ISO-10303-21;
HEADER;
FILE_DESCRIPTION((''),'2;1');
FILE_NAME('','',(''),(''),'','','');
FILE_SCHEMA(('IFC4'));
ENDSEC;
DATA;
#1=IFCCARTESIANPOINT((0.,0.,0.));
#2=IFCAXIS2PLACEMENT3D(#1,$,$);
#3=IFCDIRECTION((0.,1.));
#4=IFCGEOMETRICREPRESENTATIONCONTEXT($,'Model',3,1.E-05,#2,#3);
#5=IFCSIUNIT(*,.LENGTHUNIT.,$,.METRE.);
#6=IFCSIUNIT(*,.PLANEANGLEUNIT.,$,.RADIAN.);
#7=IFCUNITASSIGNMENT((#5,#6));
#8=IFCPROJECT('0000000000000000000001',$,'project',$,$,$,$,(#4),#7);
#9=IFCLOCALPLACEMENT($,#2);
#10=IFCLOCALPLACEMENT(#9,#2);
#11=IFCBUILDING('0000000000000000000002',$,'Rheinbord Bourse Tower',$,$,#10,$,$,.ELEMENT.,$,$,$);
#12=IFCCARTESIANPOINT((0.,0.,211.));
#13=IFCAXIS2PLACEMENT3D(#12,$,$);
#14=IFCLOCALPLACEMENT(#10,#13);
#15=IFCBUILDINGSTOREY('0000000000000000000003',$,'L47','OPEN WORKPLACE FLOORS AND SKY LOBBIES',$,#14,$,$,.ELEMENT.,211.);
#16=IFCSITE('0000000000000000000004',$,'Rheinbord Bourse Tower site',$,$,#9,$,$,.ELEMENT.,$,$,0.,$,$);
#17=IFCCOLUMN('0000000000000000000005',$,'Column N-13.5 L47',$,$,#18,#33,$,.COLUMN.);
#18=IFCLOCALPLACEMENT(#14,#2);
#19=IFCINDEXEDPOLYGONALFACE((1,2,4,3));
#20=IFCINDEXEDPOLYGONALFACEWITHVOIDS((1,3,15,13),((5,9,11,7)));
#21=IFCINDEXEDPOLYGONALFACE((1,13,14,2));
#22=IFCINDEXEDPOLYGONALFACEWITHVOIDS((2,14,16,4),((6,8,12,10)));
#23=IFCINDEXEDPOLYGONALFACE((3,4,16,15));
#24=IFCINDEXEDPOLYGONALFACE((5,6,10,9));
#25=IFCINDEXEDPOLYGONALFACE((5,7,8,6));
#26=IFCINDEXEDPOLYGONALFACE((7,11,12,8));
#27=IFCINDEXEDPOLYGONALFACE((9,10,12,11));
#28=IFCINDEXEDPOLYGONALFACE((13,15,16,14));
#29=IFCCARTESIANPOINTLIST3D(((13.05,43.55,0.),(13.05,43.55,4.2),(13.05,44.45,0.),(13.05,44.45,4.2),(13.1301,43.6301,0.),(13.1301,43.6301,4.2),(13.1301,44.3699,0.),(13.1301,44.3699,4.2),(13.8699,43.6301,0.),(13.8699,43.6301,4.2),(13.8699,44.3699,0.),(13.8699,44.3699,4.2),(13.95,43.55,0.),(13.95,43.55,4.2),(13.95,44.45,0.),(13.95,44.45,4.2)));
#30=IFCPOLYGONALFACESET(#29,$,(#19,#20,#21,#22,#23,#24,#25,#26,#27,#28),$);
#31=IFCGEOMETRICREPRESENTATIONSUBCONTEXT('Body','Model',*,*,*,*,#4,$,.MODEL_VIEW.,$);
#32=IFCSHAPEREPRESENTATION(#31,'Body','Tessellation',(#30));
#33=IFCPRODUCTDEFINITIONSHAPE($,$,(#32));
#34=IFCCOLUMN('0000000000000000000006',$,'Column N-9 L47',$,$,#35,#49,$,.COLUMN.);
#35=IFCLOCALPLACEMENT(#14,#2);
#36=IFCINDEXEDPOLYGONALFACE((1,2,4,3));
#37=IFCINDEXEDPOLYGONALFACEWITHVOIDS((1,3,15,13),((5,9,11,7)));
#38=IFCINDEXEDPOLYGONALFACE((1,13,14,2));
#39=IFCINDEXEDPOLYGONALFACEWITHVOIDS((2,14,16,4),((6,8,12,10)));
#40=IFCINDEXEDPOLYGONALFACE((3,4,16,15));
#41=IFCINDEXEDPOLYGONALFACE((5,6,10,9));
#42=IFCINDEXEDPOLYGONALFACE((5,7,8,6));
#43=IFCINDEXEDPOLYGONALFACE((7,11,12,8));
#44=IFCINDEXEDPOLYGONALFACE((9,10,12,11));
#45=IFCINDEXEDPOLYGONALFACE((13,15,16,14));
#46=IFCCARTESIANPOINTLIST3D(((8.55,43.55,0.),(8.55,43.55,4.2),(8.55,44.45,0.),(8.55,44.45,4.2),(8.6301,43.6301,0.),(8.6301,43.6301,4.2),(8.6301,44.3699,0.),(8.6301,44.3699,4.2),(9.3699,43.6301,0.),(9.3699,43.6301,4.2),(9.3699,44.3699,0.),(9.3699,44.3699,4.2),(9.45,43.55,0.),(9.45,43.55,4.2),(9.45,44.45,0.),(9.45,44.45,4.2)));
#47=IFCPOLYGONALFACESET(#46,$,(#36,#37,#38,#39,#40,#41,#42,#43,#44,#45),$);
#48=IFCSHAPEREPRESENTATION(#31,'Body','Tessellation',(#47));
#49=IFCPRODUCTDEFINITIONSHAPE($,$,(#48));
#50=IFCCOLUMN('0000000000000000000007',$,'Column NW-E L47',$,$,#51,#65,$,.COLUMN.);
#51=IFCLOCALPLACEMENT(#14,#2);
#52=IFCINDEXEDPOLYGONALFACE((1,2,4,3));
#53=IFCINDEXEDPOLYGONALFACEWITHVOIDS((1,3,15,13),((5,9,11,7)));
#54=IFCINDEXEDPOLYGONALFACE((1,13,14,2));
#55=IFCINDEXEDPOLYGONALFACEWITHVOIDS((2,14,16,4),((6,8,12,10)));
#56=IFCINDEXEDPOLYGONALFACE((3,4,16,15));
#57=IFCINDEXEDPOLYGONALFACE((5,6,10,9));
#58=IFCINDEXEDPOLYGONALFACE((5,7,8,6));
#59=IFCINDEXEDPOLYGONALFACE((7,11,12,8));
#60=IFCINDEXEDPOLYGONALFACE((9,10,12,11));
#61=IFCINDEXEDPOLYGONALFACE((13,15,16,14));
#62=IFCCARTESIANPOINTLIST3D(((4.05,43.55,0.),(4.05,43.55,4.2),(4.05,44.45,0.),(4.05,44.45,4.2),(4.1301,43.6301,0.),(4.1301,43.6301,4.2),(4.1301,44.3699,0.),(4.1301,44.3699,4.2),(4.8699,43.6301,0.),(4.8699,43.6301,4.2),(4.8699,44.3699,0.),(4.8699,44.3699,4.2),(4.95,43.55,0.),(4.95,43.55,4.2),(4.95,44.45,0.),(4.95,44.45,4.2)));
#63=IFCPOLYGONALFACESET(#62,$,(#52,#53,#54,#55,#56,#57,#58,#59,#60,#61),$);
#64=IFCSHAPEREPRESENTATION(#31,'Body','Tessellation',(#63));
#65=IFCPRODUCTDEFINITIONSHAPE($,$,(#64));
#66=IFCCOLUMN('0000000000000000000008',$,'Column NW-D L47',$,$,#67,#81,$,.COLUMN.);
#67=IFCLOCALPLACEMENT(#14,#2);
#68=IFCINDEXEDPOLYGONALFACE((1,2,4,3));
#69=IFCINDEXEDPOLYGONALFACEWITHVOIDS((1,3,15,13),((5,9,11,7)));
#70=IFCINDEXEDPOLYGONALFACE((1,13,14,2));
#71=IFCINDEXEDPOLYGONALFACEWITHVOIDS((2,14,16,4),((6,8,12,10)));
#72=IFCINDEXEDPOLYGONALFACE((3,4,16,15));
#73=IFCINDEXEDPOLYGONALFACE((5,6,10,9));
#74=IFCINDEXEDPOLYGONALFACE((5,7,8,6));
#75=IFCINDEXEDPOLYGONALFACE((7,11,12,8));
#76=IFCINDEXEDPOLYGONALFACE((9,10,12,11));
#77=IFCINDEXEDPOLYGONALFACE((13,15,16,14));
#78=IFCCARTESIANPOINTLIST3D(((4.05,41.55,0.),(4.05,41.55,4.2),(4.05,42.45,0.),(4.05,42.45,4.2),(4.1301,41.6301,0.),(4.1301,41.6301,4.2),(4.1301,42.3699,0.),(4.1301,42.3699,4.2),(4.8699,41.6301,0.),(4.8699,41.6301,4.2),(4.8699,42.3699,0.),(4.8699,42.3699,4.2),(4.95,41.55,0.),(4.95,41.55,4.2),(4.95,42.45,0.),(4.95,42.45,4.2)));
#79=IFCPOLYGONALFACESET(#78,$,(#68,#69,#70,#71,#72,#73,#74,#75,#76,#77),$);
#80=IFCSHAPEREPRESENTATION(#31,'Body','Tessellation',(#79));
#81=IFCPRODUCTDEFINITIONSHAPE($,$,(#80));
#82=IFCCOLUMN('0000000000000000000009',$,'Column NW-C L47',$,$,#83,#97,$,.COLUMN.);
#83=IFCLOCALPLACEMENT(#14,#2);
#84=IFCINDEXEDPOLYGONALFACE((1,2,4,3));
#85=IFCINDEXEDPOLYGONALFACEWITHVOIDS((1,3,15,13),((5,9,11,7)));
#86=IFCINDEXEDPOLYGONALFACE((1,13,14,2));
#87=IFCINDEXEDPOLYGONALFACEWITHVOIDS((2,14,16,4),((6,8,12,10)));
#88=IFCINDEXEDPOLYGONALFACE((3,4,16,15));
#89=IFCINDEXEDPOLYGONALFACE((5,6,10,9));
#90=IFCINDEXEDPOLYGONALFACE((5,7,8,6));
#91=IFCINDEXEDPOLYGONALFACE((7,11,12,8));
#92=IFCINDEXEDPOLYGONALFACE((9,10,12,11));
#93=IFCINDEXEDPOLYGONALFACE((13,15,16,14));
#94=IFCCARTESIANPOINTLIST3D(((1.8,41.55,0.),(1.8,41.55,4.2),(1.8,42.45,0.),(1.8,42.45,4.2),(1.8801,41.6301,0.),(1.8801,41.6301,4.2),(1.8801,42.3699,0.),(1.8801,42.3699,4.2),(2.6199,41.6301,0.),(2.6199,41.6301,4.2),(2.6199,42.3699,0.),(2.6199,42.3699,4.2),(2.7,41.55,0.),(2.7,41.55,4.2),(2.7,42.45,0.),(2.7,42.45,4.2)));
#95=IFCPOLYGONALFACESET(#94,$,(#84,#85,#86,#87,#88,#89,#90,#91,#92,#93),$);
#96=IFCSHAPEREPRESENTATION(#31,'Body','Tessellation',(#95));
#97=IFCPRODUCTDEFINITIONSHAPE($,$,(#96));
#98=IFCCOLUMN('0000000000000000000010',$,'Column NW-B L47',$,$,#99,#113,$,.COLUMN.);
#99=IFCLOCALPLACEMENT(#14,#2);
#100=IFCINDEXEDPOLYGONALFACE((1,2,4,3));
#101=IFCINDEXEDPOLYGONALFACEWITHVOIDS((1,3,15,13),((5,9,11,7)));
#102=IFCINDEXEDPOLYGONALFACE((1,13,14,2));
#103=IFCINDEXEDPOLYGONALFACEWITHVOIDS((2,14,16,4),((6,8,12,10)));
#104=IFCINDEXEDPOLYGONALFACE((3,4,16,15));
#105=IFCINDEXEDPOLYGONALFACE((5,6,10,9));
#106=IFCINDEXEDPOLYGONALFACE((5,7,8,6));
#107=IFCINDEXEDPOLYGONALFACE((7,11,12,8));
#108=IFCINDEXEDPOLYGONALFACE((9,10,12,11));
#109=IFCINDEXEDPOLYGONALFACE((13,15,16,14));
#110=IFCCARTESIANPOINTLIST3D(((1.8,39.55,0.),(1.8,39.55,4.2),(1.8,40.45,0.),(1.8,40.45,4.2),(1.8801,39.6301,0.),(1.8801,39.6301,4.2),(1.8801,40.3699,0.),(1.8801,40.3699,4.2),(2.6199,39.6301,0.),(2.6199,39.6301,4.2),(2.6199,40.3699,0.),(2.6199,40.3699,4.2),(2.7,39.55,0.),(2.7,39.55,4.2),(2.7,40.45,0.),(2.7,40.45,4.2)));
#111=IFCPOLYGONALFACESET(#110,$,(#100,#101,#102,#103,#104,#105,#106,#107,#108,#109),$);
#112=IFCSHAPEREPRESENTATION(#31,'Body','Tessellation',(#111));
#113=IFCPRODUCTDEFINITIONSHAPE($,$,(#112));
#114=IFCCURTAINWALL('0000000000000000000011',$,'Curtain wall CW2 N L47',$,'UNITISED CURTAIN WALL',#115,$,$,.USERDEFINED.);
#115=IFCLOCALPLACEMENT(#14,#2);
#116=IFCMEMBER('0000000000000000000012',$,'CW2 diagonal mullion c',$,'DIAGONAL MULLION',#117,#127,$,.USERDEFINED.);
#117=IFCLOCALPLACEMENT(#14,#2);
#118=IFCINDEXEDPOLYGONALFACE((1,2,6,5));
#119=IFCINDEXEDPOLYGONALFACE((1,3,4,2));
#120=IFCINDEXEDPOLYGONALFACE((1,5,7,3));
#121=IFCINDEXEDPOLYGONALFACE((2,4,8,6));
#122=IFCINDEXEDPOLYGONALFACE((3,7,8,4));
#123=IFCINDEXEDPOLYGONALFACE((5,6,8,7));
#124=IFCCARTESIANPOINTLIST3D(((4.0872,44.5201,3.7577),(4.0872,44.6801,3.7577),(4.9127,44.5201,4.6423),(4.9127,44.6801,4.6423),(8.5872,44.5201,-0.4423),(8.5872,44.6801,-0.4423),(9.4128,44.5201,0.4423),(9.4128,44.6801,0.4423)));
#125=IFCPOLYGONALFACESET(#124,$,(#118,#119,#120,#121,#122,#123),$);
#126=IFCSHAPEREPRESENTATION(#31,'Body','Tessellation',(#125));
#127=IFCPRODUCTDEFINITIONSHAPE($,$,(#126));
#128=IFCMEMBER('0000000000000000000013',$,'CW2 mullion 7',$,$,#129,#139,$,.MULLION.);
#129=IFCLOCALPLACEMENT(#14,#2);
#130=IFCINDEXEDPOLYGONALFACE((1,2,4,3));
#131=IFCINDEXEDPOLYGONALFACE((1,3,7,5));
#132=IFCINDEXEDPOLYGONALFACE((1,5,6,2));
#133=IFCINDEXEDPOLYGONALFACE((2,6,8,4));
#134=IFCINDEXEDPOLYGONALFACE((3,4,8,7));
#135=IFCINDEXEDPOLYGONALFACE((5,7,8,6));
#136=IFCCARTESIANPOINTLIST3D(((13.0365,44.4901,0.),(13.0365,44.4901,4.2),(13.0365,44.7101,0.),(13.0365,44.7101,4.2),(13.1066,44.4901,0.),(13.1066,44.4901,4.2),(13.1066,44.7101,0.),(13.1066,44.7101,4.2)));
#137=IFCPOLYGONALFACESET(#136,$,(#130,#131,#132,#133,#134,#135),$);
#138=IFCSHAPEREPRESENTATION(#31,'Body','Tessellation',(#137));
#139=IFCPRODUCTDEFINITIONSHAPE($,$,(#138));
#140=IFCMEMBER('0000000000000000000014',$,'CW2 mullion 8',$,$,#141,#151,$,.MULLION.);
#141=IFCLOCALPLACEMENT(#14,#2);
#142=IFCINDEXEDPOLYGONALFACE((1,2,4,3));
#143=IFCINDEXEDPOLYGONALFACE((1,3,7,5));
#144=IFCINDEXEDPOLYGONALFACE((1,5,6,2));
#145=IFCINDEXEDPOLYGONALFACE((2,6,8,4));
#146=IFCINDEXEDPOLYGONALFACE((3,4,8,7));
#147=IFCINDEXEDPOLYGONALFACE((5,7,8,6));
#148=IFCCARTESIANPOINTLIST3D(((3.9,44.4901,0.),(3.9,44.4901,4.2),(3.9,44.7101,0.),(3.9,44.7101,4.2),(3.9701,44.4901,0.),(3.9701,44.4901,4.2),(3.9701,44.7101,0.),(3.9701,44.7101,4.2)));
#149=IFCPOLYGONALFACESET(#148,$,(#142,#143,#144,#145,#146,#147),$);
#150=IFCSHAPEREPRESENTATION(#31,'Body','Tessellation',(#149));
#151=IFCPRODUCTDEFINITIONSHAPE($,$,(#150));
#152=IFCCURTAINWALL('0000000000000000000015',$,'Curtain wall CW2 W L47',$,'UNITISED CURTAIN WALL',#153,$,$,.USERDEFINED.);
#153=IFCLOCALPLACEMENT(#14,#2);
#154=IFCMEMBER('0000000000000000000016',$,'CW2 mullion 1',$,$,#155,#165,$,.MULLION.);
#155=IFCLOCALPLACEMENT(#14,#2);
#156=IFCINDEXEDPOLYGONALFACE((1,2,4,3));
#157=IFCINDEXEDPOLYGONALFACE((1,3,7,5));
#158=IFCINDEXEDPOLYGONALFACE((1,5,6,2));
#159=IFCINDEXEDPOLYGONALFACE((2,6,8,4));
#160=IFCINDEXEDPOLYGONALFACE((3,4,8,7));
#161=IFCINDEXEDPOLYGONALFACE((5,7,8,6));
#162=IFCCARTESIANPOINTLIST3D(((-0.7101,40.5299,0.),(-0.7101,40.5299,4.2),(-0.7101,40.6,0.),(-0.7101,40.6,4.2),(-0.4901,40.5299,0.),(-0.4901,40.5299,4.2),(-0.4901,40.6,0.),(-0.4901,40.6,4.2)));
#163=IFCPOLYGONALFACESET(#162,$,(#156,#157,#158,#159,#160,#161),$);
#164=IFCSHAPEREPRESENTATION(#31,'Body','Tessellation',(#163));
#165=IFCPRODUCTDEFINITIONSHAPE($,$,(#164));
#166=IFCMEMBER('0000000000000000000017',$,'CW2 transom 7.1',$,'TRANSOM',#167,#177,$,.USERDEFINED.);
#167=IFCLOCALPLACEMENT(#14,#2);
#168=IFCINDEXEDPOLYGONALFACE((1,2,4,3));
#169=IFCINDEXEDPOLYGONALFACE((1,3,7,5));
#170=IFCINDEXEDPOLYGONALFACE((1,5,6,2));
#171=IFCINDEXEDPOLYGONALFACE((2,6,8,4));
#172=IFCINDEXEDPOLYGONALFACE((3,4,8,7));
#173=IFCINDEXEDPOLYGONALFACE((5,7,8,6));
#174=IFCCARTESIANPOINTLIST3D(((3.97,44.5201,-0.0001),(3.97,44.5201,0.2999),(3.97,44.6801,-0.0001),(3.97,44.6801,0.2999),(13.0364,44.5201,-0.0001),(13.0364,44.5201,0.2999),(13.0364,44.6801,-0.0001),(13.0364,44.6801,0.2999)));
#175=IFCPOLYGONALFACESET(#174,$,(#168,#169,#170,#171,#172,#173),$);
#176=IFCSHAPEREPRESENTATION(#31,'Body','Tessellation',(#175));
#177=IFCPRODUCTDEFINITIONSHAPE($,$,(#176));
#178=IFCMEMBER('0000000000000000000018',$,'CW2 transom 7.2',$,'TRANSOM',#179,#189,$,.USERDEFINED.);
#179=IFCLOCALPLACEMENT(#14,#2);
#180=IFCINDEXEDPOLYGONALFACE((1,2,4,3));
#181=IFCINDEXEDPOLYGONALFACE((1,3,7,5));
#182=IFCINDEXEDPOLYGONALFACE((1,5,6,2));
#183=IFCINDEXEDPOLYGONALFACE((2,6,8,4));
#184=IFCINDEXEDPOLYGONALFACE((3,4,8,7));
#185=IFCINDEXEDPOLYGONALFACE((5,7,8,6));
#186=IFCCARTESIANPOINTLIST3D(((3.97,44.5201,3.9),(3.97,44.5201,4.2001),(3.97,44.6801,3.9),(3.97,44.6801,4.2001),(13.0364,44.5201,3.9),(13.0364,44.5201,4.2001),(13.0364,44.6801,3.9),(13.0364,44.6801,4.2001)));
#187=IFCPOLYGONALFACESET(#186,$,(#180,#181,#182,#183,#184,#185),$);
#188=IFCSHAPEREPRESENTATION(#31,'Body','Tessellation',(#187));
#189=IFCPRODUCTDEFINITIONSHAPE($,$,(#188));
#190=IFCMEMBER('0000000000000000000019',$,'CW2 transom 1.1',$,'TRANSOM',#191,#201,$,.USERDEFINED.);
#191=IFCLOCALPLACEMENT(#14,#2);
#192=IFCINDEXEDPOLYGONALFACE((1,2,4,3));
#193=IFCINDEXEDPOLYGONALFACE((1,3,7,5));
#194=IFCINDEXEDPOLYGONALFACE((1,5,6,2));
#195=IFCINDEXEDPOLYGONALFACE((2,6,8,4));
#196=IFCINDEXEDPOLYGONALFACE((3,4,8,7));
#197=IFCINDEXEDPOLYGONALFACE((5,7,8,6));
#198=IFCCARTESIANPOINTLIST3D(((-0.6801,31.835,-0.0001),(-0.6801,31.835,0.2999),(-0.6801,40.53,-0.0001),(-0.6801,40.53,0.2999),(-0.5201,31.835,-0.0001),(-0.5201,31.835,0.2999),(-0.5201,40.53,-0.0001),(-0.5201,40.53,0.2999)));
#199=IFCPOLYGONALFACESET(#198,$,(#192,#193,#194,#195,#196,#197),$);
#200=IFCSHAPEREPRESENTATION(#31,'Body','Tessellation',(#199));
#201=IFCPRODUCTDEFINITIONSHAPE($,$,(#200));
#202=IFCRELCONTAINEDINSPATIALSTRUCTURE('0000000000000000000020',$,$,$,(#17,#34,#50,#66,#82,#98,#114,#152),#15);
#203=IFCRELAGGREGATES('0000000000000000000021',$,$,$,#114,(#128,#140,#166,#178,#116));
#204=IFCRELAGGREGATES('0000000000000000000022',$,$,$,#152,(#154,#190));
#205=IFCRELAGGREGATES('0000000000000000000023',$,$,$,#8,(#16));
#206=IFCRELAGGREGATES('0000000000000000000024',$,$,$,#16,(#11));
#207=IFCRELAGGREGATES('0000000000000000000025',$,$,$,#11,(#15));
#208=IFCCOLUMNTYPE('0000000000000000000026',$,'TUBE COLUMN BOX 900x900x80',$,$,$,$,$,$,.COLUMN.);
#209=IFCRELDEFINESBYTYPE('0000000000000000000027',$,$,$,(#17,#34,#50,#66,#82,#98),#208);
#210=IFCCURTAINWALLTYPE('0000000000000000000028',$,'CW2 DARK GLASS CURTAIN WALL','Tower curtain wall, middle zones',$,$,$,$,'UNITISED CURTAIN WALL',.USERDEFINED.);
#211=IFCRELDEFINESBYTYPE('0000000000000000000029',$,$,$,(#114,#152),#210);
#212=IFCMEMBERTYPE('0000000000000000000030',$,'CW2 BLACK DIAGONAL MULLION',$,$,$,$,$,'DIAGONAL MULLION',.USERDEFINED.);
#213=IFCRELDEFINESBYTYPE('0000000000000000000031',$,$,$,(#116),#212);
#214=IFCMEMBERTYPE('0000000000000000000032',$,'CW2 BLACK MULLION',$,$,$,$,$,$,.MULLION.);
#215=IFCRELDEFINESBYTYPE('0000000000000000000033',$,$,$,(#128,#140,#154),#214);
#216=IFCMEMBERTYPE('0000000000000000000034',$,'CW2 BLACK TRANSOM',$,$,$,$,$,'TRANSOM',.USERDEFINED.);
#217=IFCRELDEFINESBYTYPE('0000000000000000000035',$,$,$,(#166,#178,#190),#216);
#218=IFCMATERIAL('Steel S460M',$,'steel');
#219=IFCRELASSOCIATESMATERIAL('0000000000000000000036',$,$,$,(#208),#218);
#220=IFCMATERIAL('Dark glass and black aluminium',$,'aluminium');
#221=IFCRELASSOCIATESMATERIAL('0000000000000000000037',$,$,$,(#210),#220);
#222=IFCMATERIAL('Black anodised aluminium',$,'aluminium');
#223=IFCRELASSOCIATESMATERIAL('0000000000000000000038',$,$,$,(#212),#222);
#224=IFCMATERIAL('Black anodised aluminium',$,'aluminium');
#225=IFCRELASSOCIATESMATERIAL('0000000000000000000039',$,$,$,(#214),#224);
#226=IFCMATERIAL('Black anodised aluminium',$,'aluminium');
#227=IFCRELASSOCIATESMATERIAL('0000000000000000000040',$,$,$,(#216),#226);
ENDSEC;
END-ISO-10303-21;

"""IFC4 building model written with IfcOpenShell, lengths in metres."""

from ifc_helpers import new_model, si_unit, direction, frame, origin, origin_2d, place, context, subcontext, project, spatial, rectangle, hollow_rectangle, extrude, material, material_profile, profile_set, type_object, element, aggregate, save


model = new_model("IFC4")

# Units and contexts
model_context = context("Model", 3, precision=1e-05, world=origin(), true_north=direction((0.0, 1.0)))
body_context = subcontext(model_context, "Body", "Model", "MODEL_VIEW")
ifc_project = project(units=[si_unit("LENGTHUNIT", "METRE"), si_unit("PLANEANGLEUNIT", "RADIAN")], contexts=[model_context])

# Site, building, storey
site_placement = place(None, origin())
site = spatial("IfcSite", under=ifc_project, at=site_placement, Name="Rheinbord Bourse Tower site", CompositionType="ELEMENT", RefElevation=0.0)
building_placement = place(site_placement, origin())
building = spatial("IfcBuilding", under=site, at=building_placement, Name="Rheinbord Bourse Tower", CompositionType="ELEMENT")
storey_placement = place(building_placement, frame((0.0, 0.0, 211.0)))
storey = spatial("IfcBuildingStorey", under=building, at=storey_placement, Name="L47", Description="OPEN WORKPLACE FLOORS AND SKY LOBBIES", CompositionType="ELEMENT", Elevation=211.0)

# Columns
ifc_material_1 = material(Name="Steel S460M", Category="steel")
ifc_material_profile_1 = material_profile(ifc_material_1, hollow_rectangle(XDim=0.8999, YDim=0.8999, WallThickness=0.0801, at=origin_2d()), Name="BOX 900x900x80")
ifc_profile_set_1 = profile_set([ifc_material_profile_1], Name="Steel S460M")
column_type = type_object("IfcColumnType", Name="TUBE COLUMN BOX 900x900x80", PredefinedType="COLUMN", material=ifc_profile_set_1)
for number, where, z_axis, x_axis, name in (
    (1, (13.5, 44.0, 0.0), (0.0, 0.0, 1.0), (0.0, 1.0, 0.0), "Column N-13.5 L47"),
    (2, (9.0, 44.0, 0.0), (0.0, 0.0, 1.0), (0.0, 1.0, 0.0), "Column N-9 L47"),
    (3, (4.5, 44.0, 0.0), (0.0, 0.0, 1.0), (0.0, 1.0, 0.0), "Column NW-E L47"),
    (4, (4.5, 42.0, 0.0), (0.0, 0.0, 1.0), (0.0, 1.0, 0.0), "Column NW-D L47"),
    (5, (2.25, 42.0, 0.0), (0.0, 0.0, 1.0), (1.0, 0.0, 0.0), "Column NW-C L47"),
    (6, (2.25, 40.0, 0.0), (0.0, 0.0, 1.0), (1.0, 0.0, 0.0), "Column NW-B L47"),
):
    element("IfcColumn", number, at=place(storey_placement, frame(where, z_axis=z_axis, x_axis=x_axis)), inside=storey, type_object=column_type, Name=name, PredefinedType="COLUMN", context=body_context, shape_type="SweptSolid", body=[
        extrude(hollow_rectangle(XDim=0.8999, YDim=0.8999, WallThickness=0.0801, at=origin_2d()), origin(), (0.0, 0.0, 1.0), 4.2),
    ])

# Curtain wall, members
ifc_material_2 = material(Name="Dark glass and black aluminium", Category="aluminium")
curtain_wall_type = type_object("IfcCurtainWallType", Name="CW2 DARK GLASS CURTAIN WALL", Description="Tower curtain wall, middle zones", ElementType="UNITISED CURTAIN WALL", PredefinedType="USERDEFINED", material=ifc_material_2)
curtain_wall_1_placement = place(storey_placement, origin())
curtain_wall_1 = element("IfcCurtainWall", 7, at=curtain_wall_1_placement, inside=storey, type_object=curtain_wall_type, Name="Curtain wall CW2 N L47", ObjectType="UNITISED CURTAIN WALL", PredefinedType="USERDEFINED")
ifc_material_3 = material(Name="Black anodised aluminium", Category="aluminium")
ifc_material_profile_2 = material_profile(ifc_material_3, rectangle(XDim=0.1599, YDim=1.21, at=origin_2d()), Name="CW2 DIAGONAL MULLION 1210x160")
ifc_profile_set_2 = profile_set([ifc_material_profile_2], Name="Black anodised aluminium")
member_type_1 = type_object("IfcMemberType", Name="CW2 BLACK DIAGONAL MULLION", ElementType="DIAGONAL MULLION", PredefinedType="USERDEFINED", material=ifc_profile_set_2)
member_1_placement = place(storey_placement, frame((9.0, 44.6001, 0.0), z_axis=(-0.731059, 0.0, 0.682314), x_axis=(0.0, -1.0, 0.0)))
member_1 = element("IfcMember", 8, at=member_1_placement, type_object=member_type_1, Name="CW2 diagonal mullion c", ObjectType="DIAGONAL MULLION", PredefinedType="USERDEFINED", context=body_context, shape_type="SweptSolid", body=[
    extrude(rectangle(XDim=0.1599, YDim=1.21, at=origin_2d()), origin(), (0.0, 0.0, 1.0), 6.1555),
])
ifc_material_4 = material(Name="Black anodised aluminium", Category="aluminium")
ifc_material_profile_3 = material_profile(ifc_material_4, rectangle(XDim=0.22, YDim=0.0701, at=origin_2d()), Name="CW2 MULLION 70x220")
ifc_profile_set_3 = profile_set([ifc_material_profile_3], Name="Black anodised aluminium")
member_type_2 = type_object("IfcMemberType", Name="CW2 BLACK MULLION", PredefinedType="MULLION", material=ifc_profile_set_3)
member_2_placement = place(storey_placement, frame((13.0715, 44.6001, 0.0), z_axis=(0.0, 0.0, 1.0), x_axis=(0.0, -1.0, 0.0)))
member_2 = element("IfcMember", 9, at=member_2_placement, type_object=member_type_2, Name="CW2 mullion 7", PredefinedType="MULLION", context=body_context, shape_type="SweptSolid", body=[
    extrude(rectangle(XDim=0.22, YDim=0.0701, at=origin_2d()), origin(), (0.0, 0.0, 1.0), 4.2),
])
member_3_placement = place(storey_placement, frame((3.9351, 44.6001, 0.0), z_axis=(0.0, 0.0, 1.0), x_axis=(0.0, -1.0, 0.0)))
member_3 = element("IfcMember", 10, at=member_3_placement, type_object=member_type_2, Name="CW2 mullion 8", PredefinedType="MULLION", context=body_context, shape_type="SweptSolid", body=[
    extrude(rectangle(XDim=0.22, YDim=0.0701, at=origin_2d()), origin(), (0.0, 0.0, 1.0), 4.2),
])

# Curtain wall, member
curtain_wall_2_placement = place(storey_placement, origin())
curtain_wall_2 = element("IfcCurtainWall", 11, at=curtain_wall_2_placement, inside=storey, type_object=curtain_wall_type, Name="Curtain wall CW2 W L47", ObjectType="UNITISED CURTAIN WALL", PredefinedType="USERDEFINED")
member_4_placement = place(storey_placement, frame((-0.6001, 40.5649, 0.0), z_axis=(0.0, 0.0, 1.0), x_axis=(1.0, 0.0, 0.0)))
member_4 = element("IfcMember", 12, at=member_4_placement, type_object=member_type_2, Name="CW2 mullion 1", PredefinedType="MULLION", context=body_context, shape_type="SweptSolid", body=[
    extrude(rectangle(XDim=0.22, YDim=0.0701, at=origin_2d()), origin(), (0.0, 0.0, 1.0), 4.2),
])

# Members
ifc_material_5 = material(Name="Black anodised aluminium", Category="aluminium")
ifc_material_profile_4 = material_profile(ifc_material_5, rectangle(XDim=0.1599, YDim=0.3, at=origin_2d()), Name="CW2 TRANSOM 300x160")
ifc_profile_set_4 = profile_set([ifc_material_profile_4], Name="Black anodised aluminium")
member_type_3 = type_object("IfcMemberType", Name="CW2 BLACK TRANSOM", ElementType="TRANSOM", PredefinedType="USERDEFINED", material=ifc_profile_set_4)
member_5_placement = place(storey_placement, frame((13.0364, 44.6001, 0.1499), z_axis=(-1.0, 0.0, 0.0), x_axis=(0.0, -1.0, 0.0)))
member_5 = element("IfcMember", 13, at=member_5_placement, type_object=member_type_3, Name="CW2 transom 7.1", ObjectType="TRANSOM", PredefinedType="USERDEFINED", context=body_context, shape_type="SweptSolid", body=[
    extrude(rectangle(XDim=0.1599, YDim=0.3, at=origin_2d()), origin(), (0.0, 0.0, 1.0), 9.0664),
])
member_6_placement = place(storey_placement, frame((13.0364, 44.6001, 4.05), z_axis=(-1.0, 0.0, 0.0), x_axis=(0.0, -1.0, 0.0)))
member_6 = element("IfcMember", 14, at=member_6_placement, type_object=member_type_3, Name="CW2 transom 7.2", ObjectType="TRANSOM", PredefinedType="USERDEFINED", context=body_context, shape_type="SweptSolid", body=[
    extrude(rectangle(XDim=0.1599, YDim=0.3, at=origin_2d()), origin(), (0.0, 0.0, 1.0), 9.0664),
])
member_7_placement = place(storey_placement, frame((-0.6001, 40.53, 0.1499), z_axis=(0.0, -1.0, 0.0), x_axis=(1.0, 0.0, 0.0)))
member_7 = element("IfcMember", 15, at=member_7_placement, type_object=member_type_3, Name="CW2 transom 1.1", ObjectType="TRANSOM", PredefinedType="USERDEFINED", context=body_context, shape_type="SweptSolid", body=[
    extrude(rectangle(XDim=0.1599, YDim=0.3, at=origin_2d()), origin(), (0.0, 0.0, 1.0), 8.6951),
])

aggregate(curtain_wall_1, [member_2, member_3, member_5, member_6, member_1])
aggregate(curtain_wall_2, [member_4, member_7])

save(model, "model.ifc")
